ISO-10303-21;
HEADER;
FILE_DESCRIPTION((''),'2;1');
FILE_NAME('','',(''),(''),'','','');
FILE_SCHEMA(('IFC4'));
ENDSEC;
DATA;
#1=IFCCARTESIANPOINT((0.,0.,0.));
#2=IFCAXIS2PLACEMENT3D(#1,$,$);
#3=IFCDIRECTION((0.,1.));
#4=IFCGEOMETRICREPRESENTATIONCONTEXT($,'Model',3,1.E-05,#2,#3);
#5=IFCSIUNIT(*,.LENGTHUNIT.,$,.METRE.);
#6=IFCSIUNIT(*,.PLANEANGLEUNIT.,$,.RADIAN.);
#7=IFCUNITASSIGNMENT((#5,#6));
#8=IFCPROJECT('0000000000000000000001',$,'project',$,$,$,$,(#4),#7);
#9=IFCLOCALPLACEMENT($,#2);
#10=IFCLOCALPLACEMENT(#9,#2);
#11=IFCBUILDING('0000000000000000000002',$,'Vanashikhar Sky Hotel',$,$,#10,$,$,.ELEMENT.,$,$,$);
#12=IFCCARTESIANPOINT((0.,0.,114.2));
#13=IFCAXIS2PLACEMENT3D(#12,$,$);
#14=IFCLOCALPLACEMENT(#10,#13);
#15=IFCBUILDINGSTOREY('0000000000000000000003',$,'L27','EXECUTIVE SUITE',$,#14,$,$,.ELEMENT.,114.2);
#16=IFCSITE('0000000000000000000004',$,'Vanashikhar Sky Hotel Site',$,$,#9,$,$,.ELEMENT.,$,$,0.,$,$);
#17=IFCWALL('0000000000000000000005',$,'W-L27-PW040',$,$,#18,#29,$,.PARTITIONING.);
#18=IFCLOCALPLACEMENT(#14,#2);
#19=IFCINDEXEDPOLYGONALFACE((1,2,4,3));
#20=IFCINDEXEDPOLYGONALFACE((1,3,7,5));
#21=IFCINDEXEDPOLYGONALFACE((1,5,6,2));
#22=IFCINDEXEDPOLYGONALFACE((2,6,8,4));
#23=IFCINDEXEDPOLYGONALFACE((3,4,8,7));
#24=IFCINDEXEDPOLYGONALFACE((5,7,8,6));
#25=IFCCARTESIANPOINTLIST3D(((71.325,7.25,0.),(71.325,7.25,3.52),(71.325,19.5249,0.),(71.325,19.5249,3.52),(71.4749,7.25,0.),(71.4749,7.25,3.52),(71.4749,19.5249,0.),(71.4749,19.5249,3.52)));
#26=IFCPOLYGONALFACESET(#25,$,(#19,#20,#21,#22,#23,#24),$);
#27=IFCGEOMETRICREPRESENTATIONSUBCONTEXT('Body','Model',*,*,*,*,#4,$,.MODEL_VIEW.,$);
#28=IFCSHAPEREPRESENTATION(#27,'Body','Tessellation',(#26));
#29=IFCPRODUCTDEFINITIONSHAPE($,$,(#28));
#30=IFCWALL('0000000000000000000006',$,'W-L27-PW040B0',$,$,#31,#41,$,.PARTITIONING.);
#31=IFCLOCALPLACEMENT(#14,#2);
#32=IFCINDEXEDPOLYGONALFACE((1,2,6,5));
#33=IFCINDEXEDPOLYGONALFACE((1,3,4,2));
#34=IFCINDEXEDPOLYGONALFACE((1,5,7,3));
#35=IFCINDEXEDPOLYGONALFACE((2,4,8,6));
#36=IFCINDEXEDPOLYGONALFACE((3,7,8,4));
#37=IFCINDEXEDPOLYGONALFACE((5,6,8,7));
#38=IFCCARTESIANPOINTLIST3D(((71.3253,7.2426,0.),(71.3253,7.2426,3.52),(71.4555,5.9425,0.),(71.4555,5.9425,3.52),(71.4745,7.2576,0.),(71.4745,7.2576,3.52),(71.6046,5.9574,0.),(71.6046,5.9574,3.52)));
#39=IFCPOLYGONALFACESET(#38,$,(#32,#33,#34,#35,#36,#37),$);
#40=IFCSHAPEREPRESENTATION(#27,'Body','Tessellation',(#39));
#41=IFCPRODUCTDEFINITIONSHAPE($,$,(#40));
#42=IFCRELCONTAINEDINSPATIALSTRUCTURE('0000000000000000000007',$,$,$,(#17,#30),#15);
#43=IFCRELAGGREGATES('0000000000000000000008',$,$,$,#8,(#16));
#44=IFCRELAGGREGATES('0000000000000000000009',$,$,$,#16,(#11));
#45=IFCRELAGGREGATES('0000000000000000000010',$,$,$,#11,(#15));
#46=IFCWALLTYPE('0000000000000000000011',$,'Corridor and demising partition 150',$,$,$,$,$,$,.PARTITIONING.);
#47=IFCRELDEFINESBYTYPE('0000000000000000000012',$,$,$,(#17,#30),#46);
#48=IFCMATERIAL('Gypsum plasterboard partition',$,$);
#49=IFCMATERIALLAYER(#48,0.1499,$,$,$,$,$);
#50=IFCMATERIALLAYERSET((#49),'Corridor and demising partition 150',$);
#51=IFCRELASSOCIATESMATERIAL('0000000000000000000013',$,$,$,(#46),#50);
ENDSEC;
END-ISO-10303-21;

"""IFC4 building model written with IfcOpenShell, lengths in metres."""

from ifc_helpers import new_model, si_unit, direction, frame, frame_2d, origin, place, context, subcontext, project, spatial, rectangle, extrude, source, transform, mapped, material, layer, layer_set, type_object, element, save


model = new_model("IFC4")

# Units and contexts
model_context = context("Model", 3, precision=1e-05, world=origin(), true_north=direction((0.0, 1.0)))
body_context = subcontext(model_context, "Body", "Model", "MODEL_VIEW")
ifc_project = project(units=[si_unit("LENGTHUNIT", "METRE"), si_unit("PLANEANGLEUNIT", "RADIAN")], contexts=[model_context])

# Site, building, storey
site_placement = place(None, origin())
site = spatial("IfcSite", under=ifc_project, at=site_placement, Name="Vanashikhar Sky Hotel Site", CompositionType="ELEMENT", RefElevation=0.0)
building_placement = place(site_placement, origin())
building = spatial("IfcBuilding", under=site, at=building_placement, Name="Vanashikhar Sky Hotel", CompositionType="ELEMENT")
storey_placement = place(building_placement, frame((0.0, 0.0, 114.2)))
storey = spatial("IfcBuildingStorey", under=building, at=storey_placement, Name="L27", Description="EXECUTIVE SUITE", CompositionType="ELEMENT", Elevation=114.2)

# Shared definitions
ifc_material_1 = material(Name="Gypsum plasterboard partition")

# Walls
ifc_layer_1 = layer(ifc_material_1, 0.1499)
ifc_layer_set_1 = layer_set([ifc_layer_1], Name="Corridor and demising partition 150")
wall_type_1 = type_object("IfcWallType", Name="Corridor and demising partition 150", PredefinedType="PARTITIONING", material=ifc_layer_set_1)
shared_shape_1 = source(origin(), body_context, "Body", "SweptSolid", [
    extrude(rectangle(XDim=12.2749, YDim=0.1499, at=frame_2d((6.1375, 0.0))), origin(), (0.0, 0.0, 1.0), 3.52),
])
wall_1_placement = place(storey_placement, frame((71.3999, 7.25, 0.0), z_axis=(0.0, 0.0, 1.0), x_axis=(0.0, 1.0, 0.0)))
element("IfcWall", 1, at=wall_1_placement, inside=storey, type_object=wall_type_1, Name="W-L27-PW040", PredefinedType="PARTITIONING", context=body_context, shape_type="MappedRepresentation", body=[
    mapped(shared_shape_1, transform((0.0, 0.0, 0.0), scale=1.0)),
])
shared_shape_2 = source(origin(), body_context, "Body", "SweptSolid", [
    extrude(rectangle(XDim=1.3066, YDim=0.1499, at=frame_2d((0.6533, 0.0))), origin(), (0.0, 0.0, 1.0), 3.52),
])
wall_2_placement = place(storey_placement, frame((71.53, 5.95, 0.0), z_axis=(0.0, 0.0, 1.0), x_axis=(-0.099596, 0.995028, 0.0)))
element("IfcWall", 2, at=wall_2_placement, inside=storey, type_object=wall_type_1, Name="W-L27-PW040B0", PredefinedType="PARTITIONING", context=body_context, shape_type="MappedRepresentation", body=[
    mapped(shared_shape_2, transform((0.0, 0.0, 0.0), scale=1.0)),
])

save(model, "model.ifc")
